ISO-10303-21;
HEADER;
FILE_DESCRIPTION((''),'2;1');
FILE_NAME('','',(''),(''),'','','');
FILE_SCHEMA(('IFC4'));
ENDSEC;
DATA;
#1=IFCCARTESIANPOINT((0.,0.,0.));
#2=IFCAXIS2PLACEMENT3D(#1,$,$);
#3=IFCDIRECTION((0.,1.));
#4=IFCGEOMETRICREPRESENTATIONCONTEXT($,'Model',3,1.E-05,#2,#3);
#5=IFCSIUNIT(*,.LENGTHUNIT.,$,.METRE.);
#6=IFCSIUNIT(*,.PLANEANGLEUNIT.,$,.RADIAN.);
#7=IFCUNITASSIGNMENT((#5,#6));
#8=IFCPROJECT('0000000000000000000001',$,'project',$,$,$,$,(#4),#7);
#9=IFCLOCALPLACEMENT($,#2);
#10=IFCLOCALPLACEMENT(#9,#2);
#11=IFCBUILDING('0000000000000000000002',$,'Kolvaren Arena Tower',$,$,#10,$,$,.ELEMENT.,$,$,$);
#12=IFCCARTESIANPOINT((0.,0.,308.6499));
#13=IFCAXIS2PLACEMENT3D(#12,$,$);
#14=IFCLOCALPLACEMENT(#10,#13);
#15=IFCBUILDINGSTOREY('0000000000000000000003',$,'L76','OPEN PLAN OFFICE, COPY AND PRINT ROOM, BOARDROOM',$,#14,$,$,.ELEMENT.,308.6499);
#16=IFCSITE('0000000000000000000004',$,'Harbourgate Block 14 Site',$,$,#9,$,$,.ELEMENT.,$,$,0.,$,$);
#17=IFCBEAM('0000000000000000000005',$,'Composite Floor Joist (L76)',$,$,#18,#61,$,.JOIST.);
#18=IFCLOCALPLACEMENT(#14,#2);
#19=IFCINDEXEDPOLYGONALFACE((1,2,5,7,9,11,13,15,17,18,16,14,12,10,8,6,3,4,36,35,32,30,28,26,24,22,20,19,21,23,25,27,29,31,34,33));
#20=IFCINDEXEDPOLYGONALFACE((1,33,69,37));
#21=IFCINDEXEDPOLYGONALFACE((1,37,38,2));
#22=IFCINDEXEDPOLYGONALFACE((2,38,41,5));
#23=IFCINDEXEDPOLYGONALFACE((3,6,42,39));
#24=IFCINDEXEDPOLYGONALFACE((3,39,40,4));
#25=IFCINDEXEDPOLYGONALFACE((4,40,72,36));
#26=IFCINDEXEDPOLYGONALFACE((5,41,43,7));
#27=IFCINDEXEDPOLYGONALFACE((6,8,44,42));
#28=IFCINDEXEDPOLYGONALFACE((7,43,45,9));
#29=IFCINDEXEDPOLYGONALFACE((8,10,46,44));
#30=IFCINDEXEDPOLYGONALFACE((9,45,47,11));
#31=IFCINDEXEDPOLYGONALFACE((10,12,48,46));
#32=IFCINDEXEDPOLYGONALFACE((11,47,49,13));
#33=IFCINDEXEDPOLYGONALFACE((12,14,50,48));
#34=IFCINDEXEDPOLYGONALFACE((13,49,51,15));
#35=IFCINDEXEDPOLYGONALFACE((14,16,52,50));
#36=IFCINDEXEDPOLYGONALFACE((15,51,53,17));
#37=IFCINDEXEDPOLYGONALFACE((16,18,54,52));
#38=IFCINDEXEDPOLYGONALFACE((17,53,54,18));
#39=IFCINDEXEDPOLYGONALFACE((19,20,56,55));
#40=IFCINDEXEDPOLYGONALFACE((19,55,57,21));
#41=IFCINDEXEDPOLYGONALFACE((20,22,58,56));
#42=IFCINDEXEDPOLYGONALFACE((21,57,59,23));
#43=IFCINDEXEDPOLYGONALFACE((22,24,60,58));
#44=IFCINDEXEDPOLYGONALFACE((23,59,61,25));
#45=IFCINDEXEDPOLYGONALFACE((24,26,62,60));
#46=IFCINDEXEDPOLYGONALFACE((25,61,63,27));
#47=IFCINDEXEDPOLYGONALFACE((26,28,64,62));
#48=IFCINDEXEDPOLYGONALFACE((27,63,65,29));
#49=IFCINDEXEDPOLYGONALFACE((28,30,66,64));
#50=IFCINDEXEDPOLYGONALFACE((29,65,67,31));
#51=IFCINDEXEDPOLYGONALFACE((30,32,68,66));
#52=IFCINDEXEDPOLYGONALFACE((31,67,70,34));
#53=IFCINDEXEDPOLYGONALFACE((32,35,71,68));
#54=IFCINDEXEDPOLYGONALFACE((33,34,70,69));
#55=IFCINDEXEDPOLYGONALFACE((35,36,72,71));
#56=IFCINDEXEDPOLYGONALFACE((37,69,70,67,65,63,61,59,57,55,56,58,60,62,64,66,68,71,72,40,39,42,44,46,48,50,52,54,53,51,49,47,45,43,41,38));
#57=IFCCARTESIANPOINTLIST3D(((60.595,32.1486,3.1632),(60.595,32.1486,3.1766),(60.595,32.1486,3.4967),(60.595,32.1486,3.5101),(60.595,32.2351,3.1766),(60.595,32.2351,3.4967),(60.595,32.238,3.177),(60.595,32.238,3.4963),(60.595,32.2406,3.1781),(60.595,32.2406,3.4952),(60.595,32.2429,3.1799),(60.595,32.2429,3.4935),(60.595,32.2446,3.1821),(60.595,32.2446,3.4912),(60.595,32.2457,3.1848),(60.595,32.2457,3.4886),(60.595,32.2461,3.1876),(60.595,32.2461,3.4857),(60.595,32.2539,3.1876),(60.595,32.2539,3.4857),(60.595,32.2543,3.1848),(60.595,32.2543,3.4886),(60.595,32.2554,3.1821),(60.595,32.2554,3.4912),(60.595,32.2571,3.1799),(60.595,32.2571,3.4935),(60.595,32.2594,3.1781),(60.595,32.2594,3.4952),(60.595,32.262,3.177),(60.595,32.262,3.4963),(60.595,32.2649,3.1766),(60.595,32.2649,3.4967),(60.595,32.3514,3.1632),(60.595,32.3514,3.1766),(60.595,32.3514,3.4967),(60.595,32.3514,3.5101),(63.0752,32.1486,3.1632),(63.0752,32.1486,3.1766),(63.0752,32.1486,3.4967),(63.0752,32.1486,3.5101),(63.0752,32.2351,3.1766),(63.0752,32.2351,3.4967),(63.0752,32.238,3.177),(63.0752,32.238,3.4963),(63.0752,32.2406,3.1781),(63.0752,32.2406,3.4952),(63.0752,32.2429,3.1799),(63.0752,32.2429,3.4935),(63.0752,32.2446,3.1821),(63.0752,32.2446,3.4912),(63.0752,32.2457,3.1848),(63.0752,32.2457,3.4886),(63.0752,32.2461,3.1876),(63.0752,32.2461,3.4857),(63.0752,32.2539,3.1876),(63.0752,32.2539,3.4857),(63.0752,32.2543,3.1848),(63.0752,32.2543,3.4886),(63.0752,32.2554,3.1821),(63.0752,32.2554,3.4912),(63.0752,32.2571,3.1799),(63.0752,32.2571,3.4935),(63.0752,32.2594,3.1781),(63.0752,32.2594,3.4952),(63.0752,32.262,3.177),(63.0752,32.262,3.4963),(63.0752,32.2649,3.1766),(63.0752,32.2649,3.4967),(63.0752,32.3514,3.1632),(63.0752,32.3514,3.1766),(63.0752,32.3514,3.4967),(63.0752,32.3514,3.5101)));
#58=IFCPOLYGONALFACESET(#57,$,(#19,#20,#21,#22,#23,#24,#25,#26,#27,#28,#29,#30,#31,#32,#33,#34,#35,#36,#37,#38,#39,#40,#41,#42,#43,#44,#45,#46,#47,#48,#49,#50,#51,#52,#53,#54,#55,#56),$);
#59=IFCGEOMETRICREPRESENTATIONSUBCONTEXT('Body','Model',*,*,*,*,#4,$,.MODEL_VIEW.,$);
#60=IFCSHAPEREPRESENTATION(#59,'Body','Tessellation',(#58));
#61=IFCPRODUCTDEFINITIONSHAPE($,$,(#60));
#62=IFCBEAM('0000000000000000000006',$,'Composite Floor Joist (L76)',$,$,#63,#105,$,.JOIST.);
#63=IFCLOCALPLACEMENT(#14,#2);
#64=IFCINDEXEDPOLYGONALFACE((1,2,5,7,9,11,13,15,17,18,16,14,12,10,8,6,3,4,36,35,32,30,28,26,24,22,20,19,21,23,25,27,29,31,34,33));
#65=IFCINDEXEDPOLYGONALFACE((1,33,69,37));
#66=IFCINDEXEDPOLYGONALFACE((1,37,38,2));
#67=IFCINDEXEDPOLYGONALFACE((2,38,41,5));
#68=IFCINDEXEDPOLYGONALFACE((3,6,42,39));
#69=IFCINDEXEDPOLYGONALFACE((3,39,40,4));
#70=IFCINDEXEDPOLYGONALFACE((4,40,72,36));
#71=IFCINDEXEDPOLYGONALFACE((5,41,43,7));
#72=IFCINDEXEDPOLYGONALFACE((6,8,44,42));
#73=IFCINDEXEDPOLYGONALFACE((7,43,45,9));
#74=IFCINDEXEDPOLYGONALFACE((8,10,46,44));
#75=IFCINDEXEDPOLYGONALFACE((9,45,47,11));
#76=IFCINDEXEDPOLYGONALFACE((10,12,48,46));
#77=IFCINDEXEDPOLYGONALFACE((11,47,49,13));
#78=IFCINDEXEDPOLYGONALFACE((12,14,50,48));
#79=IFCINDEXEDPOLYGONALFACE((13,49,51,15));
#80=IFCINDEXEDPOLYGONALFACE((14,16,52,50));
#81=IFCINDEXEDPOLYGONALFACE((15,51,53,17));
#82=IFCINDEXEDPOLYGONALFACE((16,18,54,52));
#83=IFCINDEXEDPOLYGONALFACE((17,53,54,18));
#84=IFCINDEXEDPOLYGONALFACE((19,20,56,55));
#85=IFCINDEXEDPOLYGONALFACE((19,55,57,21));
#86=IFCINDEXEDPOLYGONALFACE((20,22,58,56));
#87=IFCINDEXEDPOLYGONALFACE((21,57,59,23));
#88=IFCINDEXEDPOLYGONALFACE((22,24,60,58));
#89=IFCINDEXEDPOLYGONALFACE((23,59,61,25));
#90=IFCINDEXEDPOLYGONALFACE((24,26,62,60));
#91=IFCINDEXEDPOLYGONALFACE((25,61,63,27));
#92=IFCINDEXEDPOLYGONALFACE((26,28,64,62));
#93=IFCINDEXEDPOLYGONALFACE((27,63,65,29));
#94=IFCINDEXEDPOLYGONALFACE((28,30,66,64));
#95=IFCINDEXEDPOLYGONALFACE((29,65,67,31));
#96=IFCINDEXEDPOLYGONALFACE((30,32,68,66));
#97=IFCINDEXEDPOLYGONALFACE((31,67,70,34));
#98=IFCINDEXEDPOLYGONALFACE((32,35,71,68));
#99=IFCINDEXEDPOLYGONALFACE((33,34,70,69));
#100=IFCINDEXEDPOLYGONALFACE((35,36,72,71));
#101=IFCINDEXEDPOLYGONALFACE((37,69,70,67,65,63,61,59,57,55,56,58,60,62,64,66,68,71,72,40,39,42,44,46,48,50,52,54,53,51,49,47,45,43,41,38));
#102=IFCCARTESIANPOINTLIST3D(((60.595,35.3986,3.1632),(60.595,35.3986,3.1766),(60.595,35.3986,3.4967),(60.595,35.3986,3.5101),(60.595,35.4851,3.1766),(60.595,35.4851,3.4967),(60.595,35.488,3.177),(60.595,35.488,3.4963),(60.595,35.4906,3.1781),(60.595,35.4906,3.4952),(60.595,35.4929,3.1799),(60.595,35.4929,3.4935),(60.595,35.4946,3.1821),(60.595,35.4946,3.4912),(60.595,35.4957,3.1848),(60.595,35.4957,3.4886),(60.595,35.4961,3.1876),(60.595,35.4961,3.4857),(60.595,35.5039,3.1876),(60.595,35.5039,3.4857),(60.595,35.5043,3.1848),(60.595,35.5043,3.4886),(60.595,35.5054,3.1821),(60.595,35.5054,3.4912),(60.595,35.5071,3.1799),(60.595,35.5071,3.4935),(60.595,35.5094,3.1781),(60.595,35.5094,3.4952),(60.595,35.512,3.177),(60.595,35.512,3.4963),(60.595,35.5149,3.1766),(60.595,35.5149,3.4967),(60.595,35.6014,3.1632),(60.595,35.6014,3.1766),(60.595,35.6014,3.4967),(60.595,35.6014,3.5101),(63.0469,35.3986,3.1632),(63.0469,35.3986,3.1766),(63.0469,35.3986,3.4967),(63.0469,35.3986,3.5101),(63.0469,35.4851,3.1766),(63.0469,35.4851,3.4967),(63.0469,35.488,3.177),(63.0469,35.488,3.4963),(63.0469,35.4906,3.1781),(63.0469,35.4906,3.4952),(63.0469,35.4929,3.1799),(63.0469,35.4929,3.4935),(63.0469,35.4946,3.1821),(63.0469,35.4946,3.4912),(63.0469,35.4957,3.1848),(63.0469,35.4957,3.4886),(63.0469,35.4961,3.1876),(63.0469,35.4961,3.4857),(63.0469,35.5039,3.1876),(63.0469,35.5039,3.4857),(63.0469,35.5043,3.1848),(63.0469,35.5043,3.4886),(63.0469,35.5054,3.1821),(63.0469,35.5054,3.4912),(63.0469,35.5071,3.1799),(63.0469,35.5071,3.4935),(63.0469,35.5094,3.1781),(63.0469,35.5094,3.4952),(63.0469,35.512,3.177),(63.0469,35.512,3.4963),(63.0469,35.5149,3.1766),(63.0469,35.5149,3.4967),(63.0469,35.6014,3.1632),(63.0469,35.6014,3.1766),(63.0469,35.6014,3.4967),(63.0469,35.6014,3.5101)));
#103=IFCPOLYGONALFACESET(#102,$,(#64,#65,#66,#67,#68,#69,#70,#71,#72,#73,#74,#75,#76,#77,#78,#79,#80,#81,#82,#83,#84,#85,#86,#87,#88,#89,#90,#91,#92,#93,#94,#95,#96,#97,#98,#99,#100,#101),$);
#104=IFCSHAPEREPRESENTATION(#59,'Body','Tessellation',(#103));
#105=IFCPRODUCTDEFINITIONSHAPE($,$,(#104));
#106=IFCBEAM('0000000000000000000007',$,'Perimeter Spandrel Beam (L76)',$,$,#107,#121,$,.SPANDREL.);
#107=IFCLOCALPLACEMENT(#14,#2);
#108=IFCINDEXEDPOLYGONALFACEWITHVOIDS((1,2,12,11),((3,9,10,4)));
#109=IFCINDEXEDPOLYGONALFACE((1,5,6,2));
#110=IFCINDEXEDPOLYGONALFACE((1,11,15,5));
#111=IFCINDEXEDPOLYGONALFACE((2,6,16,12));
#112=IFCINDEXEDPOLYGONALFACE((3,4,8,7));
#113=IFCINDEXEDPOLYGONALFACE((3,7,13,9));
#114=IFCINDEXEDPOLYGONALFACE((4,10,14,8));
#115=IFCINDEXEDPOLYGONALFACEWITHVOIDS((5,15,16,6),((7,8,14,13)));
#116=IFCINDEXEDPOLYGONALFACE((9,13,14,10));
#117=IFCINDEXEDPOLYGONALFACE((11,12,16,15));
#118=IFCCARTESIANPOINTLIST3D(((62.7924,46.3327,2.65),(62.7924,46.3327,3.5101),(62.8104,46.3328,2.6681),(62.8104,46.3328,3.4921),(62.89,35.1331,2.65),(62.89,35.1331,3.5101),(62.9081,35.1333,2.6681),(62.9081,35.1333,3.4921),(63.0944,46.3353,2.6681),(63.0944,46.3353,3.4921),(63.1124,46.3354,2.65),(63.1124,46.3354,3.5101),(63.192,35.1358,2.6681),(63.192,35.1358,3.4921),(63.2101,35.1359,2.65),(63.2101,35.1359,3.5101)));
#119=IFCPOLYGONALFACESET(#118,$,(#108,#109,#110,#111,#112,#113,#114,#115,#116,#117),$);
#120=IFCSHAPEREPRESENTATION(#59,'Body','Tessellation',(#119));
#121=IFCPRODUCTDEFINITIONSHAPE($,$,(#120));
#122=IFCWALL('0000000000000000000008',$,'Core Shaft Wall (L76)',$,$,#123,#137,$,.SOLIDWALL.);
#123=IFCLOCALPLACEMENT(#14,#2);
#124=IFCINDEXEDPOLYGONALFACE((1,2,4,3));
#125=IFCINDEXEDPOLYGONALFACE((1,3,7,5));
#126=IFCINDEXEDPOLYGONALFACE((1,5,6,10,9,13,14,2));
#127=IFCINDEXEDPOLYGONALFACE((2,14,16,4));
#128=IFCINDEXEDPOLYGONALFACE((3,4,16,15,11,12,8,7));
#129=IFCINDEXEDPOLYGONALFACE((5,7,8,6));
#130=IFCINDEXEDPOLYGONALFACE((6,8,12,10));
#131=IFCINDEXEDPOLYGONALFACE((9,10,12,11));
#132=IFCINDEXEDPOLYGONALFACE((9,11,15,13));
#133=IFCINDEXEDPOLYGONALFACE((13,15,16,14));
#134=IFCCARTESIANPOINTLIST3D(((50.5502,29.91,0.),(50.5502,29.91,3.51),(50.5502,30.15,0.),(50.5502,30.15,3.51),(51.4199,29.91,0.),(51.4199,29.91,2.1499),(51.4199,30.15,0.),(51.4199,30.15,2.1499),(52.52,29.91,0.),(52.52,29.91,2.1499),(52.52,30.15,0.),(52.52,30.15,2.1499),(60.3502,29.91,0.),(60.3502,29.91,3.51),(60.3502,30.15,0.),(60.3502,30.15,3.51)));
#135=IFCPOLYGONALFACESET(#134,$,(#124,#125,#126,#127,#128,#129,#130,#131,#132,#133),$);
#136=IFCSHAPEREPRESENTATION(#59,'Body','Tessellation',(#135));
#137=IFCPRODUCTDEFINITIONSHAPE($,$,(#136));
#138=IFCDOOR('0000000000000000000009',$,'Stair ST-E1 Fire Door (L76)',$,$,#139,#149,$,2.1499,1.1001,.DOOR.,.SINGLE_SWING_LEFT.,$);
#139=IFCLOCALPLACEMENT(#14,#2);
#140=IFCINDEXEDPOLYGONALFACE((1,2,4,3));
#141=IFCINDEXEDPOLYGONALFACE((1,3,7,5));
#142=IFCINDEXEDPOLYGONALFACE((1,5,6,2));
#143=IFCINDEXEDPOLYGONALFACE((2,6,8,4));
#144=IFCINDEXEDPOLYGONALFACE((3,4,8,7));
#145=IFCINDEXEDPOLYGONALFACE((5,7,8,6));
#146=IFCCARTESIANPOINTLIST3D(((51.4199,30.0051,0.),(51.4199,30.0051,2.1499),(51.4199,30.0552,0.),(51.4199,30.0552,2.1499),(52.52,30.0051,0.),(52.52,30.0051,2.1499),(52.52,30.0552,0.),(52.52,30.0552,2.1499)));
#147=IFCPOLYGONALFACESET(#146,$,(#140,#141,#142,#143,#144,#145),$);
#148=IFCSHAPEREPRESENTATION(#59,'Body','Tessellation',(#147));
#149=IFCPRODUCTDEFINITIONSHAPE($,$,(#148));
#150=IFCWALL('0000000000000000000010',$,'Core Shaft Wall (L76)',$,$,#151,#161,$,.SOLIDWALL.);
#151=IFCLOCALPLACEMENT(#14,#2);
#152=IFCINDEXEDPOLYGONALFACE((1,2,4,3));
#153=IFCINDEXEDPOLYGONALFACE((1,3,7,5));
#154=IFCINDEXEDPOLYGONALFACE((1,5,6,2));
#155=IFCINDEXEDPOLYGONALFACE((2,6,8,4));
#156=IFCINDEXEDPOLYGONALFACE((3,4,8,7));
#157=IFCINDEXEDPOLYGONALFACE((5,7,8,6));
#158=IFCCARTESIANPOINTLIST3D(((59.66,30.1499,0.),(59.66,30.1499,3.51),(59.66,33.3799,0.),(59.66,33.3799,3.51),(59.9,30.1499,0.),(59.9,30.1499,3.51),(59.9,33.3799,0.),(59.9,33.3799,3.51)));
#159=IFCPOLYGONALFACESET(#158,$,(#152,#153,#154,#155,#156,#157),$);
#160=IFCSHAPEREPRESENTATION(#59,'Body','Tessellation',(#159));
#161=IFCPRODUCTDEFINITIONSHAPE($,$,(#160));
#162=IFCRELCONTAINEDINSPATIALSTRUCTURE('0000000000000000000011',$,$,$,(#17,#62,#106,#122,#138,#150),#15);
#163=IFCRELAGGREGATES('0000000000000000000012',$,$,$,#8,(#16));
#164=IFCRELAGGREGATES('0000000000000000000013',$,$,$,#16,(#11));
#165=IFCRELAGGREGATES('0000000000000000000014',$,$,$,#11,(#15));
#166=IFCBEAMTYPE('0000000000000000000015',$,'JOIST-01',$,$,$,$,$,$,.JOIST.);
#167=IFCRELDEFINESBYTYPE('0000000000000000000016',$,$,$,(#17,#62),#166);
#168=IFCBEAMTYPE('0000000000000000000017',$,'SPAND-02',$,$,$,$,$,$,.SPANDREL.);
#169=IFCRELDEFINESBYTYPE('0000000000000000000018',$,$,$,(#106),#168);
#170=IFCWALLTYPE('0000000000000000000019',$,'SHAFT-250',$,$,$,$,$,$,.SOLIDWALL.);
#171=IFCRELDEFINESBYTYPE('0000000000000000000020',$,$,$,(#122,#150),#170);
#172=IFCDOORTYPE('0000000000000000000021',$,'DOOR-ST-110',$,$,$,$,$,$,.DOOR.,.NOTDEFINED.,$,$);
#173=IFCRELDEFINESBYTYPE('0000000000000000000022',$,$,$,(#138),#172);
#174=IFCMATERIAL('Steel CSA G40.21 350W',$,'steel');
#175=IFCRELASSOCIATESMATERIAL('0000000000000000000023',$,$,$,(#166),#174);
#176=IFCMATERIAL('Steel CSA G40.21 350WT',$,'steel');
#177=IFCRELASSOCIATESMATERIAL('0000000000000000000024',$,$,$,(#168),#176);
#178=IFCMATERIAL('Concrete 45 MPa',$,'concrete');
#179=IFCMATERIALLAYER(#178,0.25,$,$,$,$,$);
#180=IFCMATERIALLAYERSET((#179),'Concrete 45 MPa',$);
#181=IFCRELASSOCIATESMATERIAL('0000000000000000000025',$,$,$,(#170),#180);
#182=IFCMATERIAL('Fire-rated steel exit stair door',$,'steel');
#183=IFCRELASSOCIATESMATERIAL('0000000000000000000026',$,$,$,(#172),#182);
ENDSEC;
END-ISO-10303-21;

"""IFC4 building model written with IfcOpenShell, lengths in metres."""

from ifc_helpers import new_model, si_unit, direction, frame, frame_2d, origin, origin_2d, place, context, subcontext, project, spatial, rectangle, hollow_rectangle, i_section, extrude, material, layer, layer_set, material_profile, profile_set, type_object, element, fill, save


model = new_model("IFC4")

# Units and contexts
model_context = context("Model", 3, precision=1e-05, world=origin(), true_north=direction((0.0, 1.0)))
body_context = subcontext(model_context, "Body", "Model", "MODEL_VIEW")
ifc_project = project(units=[si_unit("LENGTHUNIT", "METRE"), si_unit("PLANEANGLEUNIT", "RADIAN")], contexts=[model_context])

# Site, building, storey
site_placement = place(None, origin())
site = spatial("IfcSite", under=ifc_project, at=site_placement, Name="Harbourgate Block 14 Site", CompositionType="ELEMENT", RefElevation=0.0)
building_placement = place(site_placement, origin())
building = spatial("IfcBuilding", under=site, at=building_placement, Name="Kolvaren Arena Tower", CompositionType="ELEMENT")
storey_placement = place(building_placement, frame((0.0, 0.0, 308.6499)))
storey = spatial("IfcBuildingStorey", under=building, at=storey_placement, Name="L76", Description="OPEN PLAN OFFICE, COPY AND PRINT ROOM, BOARDROOM", CompositionType="ELEMENT", Elevation=308.6499)

# Beams
ifc_material_1 = material(Name="Steel CSA G40.21 350W", Category="steel")
ifc_material_profile_1 = material_profile(ifc_material_1, i_section(OverallWidth=0.2029, OverallDepth=0.3469, WebThickness=0.0078, FlangeThickness=0.0134, FilletRadius=0.011, at=origin_2d()), Name="W360x64")
ifc_profile_set_1 = profile_set([ifc_material_profile_1], Name="Steel CSA G40.21 350W")
beam_type_1 = type_object("IfcBeamType", Name="JOIST-01", PredefinedType="JOIST", material=ifc_profile_set_1)
beam_1_placement = place(storey_placement, frame((60.595, 32.25, 3.3367), z_axis=(1.0, 0.0, 0.0), x_axis=(0.0, 1.0, 0.0)))
element("IfcBeam", 1, at=beam_1_placement, inside=storey, type_object=beam_type_1, Name="Composite Floor Joist (L76)", PredefinedType="JOIST", context=body_context, shape_type="SweptSolid", body=[
    extrude(i_section(OverallWidth=0.2029, OverallDepth=0.3469, WebThickness=0.0078, FlangeThickness=0.0134, FilletRadius=0.011, at=origin_2d()), origin(), (0.0, 0.0, 1.0), 2.4802),
])
beam_2_placement = place(storey_placement, frame((60.595, 35.5, 3.3367), z_axis=(1.0, 0.0, 0.0), x_axis=(0.0, 1.0, 0.0)))
element("IfcBeam", 2, at=beam_2_placement, inside=storey, type_object=beam_type_1, Name="Composite Floor Joist (L76)", PredefinedType="JOIST", context=body_context, shape_type="SweptSolid", body=[
    extrude(i_section(OverallWidth=0.2029, OverallDepth=0.3469, WebThickness=0.0078, FlangeThickness=0.0134, FilletRadius=0.011, at=origin_2d()), origin(), (0.0, 0.0, 1.0), 2.4519),
])
ifc_material_2 = material(Name="Steel CSA G40.21 350WT", Category="steel")
ifc_material_profile_2 = material_profile(ifc_material_2, hollow_rectangle(XDim=0.3201, YDim=0.8601, WallThickness=0.0181, at=origin_2d()), Name="HSS 860x320x18")
ifc_profile_set_2 = profile_set([ifc_material_profile_2], Name="Steel CSA G40.21 350WT")
beam_type_2 = type_object("IfcBeamType", Name="SPAND-02", PredefinedType="SPANDREL", material=ifc_profile_set_2)
beam_3_placement = place(storey_placement, frame((63.05, 35.1345, 3.0801), z_axis=(-0.008719, 0.999962, 0.0), x_axis=(-0.999962, -0.008719, 0.0)))
element("IfcBeam", 3, at=beam_3_placement, inside=storey, type_object=beam_type_2, Name="Perimeter Spandrel Beam (L76)", PredefinedType="SPANDREL", context=body_context, shape_type="SweptSolid", body=[
    extrude(hollow_rectangle(XDim=0.3201, YDim=0.8601, WallThickness=0.0181, at=origin_2d()), origin(), (0.0, 0.0, 1.0), 11.2),
])

# Wall, opening, door
ifc_material_3 = material(Name="Concrete 45 MPa", Category="concrete")
ifc_layer = layer(ifc_material_3, 0.25)
ifc_layer_set = layer_set([ifc_layer], Name="Concrete 45 MPa")
wall_type = type_object("IfcWallType", Name="SHAFT-250", PredefinedType="SOLIDWALL", material=ifc_layer_set)
wall_1_placement = place(storey_placement, frame((60.3501, 30.03, 0.0), z_axis=(0.0, 0.0, 1.0), x_axis=(-1.0, 0.0, 0.0)))
wall_1 = element("IfcWall", 4, at=wall_1_placement, inside=storey, type_object=wall_type, Name="Core Shaft Wall (L76)", PredefinedType="SOLIDWALL", context=body_context, shape_type="SweptSolid", body=[
    extrude(rectangle(XDim=9.8, YDim=0.24, at=frame_2d((4.8999, 0.0))), origin(), (0.0, 0.0, 1.0), 3.51),
])
opening_1_placement = place(wall_1_placement, frame((7.8301, 0.0, 0.0)))
opening_1 = element("IfcOpeningElement", 5, at=opening_1_placement, cuts=wall_1, PredefinedType="OPENING", context=body_context, shape_type="SweptSolid", body=[
    extrude(rectangle(XDim=1.1001, YDim=2.1499, at=frame_2d((0.55, 1.075))), frame((0.0, 0.1299, 0.0), z_axis=(0.0, -1.0, 0.0), x_axis=(1.0, 0.0, 0.0)), (0.0, 0.0, 1.0), 0.26),
])
ifc_material_4 = material(Name="Fire-rated steel exit stair door", Category="steel")
door_type = type_object("IfcDoorType", Name="DOOR-ST-110", OperationType="NOTDEFINED", PredefinedType="DOOR", material=ifc_material_4)
door_1_placement = place(opening_1_placement, origin())
door_1 = element("IfcDoor", 6, at=door_1_placement, inside=storey, type_object=door_type, Name="Stair ST-E1 Fire Door (L76)", OperationType="SINGLE_SWING_LEFT", OverallHeight=2.1499, OverallWidth=1.1001, PredefinedType="DOOR", context=body_context, shape_type="SweptSolid", body=[
    extrude(rectangle(XDim=1.1001, YDim=2.1499, at=frame_2d((0.55, 1.075))), frame((0.0, 0.0249, 0.0), z_axis=(0.0, -1.0, 0.0), x_axis=(1.0, 0.0, 0.0)), (0.0, 0.0, 1.0), 0.05),
])
fill(opening_1, door_1)

# Wall
wall_2_placement = place(storey_placement, frame((59.78, 30.1499, 0.0), z_axis=(0.0, 0.0, 1.0), x_axis=(0.0, 1.0, 0.0)))
element("IfcWall", 7, at=wall_2_placement, inside=storey, type_object=wall_type, Name="Core Shaft Wall (L76)", PredefinedType="SOLIDWALL", context=body_context, shape_type="SweptSolid", body=[
    extrude(rectangle(XDim=3.23, YDim=0.24, at=frame_2d((1.615, 0.0))), origin(), (0.0, 0.0, 1.0), 3.51),
])

save(model, "model.ifc")
